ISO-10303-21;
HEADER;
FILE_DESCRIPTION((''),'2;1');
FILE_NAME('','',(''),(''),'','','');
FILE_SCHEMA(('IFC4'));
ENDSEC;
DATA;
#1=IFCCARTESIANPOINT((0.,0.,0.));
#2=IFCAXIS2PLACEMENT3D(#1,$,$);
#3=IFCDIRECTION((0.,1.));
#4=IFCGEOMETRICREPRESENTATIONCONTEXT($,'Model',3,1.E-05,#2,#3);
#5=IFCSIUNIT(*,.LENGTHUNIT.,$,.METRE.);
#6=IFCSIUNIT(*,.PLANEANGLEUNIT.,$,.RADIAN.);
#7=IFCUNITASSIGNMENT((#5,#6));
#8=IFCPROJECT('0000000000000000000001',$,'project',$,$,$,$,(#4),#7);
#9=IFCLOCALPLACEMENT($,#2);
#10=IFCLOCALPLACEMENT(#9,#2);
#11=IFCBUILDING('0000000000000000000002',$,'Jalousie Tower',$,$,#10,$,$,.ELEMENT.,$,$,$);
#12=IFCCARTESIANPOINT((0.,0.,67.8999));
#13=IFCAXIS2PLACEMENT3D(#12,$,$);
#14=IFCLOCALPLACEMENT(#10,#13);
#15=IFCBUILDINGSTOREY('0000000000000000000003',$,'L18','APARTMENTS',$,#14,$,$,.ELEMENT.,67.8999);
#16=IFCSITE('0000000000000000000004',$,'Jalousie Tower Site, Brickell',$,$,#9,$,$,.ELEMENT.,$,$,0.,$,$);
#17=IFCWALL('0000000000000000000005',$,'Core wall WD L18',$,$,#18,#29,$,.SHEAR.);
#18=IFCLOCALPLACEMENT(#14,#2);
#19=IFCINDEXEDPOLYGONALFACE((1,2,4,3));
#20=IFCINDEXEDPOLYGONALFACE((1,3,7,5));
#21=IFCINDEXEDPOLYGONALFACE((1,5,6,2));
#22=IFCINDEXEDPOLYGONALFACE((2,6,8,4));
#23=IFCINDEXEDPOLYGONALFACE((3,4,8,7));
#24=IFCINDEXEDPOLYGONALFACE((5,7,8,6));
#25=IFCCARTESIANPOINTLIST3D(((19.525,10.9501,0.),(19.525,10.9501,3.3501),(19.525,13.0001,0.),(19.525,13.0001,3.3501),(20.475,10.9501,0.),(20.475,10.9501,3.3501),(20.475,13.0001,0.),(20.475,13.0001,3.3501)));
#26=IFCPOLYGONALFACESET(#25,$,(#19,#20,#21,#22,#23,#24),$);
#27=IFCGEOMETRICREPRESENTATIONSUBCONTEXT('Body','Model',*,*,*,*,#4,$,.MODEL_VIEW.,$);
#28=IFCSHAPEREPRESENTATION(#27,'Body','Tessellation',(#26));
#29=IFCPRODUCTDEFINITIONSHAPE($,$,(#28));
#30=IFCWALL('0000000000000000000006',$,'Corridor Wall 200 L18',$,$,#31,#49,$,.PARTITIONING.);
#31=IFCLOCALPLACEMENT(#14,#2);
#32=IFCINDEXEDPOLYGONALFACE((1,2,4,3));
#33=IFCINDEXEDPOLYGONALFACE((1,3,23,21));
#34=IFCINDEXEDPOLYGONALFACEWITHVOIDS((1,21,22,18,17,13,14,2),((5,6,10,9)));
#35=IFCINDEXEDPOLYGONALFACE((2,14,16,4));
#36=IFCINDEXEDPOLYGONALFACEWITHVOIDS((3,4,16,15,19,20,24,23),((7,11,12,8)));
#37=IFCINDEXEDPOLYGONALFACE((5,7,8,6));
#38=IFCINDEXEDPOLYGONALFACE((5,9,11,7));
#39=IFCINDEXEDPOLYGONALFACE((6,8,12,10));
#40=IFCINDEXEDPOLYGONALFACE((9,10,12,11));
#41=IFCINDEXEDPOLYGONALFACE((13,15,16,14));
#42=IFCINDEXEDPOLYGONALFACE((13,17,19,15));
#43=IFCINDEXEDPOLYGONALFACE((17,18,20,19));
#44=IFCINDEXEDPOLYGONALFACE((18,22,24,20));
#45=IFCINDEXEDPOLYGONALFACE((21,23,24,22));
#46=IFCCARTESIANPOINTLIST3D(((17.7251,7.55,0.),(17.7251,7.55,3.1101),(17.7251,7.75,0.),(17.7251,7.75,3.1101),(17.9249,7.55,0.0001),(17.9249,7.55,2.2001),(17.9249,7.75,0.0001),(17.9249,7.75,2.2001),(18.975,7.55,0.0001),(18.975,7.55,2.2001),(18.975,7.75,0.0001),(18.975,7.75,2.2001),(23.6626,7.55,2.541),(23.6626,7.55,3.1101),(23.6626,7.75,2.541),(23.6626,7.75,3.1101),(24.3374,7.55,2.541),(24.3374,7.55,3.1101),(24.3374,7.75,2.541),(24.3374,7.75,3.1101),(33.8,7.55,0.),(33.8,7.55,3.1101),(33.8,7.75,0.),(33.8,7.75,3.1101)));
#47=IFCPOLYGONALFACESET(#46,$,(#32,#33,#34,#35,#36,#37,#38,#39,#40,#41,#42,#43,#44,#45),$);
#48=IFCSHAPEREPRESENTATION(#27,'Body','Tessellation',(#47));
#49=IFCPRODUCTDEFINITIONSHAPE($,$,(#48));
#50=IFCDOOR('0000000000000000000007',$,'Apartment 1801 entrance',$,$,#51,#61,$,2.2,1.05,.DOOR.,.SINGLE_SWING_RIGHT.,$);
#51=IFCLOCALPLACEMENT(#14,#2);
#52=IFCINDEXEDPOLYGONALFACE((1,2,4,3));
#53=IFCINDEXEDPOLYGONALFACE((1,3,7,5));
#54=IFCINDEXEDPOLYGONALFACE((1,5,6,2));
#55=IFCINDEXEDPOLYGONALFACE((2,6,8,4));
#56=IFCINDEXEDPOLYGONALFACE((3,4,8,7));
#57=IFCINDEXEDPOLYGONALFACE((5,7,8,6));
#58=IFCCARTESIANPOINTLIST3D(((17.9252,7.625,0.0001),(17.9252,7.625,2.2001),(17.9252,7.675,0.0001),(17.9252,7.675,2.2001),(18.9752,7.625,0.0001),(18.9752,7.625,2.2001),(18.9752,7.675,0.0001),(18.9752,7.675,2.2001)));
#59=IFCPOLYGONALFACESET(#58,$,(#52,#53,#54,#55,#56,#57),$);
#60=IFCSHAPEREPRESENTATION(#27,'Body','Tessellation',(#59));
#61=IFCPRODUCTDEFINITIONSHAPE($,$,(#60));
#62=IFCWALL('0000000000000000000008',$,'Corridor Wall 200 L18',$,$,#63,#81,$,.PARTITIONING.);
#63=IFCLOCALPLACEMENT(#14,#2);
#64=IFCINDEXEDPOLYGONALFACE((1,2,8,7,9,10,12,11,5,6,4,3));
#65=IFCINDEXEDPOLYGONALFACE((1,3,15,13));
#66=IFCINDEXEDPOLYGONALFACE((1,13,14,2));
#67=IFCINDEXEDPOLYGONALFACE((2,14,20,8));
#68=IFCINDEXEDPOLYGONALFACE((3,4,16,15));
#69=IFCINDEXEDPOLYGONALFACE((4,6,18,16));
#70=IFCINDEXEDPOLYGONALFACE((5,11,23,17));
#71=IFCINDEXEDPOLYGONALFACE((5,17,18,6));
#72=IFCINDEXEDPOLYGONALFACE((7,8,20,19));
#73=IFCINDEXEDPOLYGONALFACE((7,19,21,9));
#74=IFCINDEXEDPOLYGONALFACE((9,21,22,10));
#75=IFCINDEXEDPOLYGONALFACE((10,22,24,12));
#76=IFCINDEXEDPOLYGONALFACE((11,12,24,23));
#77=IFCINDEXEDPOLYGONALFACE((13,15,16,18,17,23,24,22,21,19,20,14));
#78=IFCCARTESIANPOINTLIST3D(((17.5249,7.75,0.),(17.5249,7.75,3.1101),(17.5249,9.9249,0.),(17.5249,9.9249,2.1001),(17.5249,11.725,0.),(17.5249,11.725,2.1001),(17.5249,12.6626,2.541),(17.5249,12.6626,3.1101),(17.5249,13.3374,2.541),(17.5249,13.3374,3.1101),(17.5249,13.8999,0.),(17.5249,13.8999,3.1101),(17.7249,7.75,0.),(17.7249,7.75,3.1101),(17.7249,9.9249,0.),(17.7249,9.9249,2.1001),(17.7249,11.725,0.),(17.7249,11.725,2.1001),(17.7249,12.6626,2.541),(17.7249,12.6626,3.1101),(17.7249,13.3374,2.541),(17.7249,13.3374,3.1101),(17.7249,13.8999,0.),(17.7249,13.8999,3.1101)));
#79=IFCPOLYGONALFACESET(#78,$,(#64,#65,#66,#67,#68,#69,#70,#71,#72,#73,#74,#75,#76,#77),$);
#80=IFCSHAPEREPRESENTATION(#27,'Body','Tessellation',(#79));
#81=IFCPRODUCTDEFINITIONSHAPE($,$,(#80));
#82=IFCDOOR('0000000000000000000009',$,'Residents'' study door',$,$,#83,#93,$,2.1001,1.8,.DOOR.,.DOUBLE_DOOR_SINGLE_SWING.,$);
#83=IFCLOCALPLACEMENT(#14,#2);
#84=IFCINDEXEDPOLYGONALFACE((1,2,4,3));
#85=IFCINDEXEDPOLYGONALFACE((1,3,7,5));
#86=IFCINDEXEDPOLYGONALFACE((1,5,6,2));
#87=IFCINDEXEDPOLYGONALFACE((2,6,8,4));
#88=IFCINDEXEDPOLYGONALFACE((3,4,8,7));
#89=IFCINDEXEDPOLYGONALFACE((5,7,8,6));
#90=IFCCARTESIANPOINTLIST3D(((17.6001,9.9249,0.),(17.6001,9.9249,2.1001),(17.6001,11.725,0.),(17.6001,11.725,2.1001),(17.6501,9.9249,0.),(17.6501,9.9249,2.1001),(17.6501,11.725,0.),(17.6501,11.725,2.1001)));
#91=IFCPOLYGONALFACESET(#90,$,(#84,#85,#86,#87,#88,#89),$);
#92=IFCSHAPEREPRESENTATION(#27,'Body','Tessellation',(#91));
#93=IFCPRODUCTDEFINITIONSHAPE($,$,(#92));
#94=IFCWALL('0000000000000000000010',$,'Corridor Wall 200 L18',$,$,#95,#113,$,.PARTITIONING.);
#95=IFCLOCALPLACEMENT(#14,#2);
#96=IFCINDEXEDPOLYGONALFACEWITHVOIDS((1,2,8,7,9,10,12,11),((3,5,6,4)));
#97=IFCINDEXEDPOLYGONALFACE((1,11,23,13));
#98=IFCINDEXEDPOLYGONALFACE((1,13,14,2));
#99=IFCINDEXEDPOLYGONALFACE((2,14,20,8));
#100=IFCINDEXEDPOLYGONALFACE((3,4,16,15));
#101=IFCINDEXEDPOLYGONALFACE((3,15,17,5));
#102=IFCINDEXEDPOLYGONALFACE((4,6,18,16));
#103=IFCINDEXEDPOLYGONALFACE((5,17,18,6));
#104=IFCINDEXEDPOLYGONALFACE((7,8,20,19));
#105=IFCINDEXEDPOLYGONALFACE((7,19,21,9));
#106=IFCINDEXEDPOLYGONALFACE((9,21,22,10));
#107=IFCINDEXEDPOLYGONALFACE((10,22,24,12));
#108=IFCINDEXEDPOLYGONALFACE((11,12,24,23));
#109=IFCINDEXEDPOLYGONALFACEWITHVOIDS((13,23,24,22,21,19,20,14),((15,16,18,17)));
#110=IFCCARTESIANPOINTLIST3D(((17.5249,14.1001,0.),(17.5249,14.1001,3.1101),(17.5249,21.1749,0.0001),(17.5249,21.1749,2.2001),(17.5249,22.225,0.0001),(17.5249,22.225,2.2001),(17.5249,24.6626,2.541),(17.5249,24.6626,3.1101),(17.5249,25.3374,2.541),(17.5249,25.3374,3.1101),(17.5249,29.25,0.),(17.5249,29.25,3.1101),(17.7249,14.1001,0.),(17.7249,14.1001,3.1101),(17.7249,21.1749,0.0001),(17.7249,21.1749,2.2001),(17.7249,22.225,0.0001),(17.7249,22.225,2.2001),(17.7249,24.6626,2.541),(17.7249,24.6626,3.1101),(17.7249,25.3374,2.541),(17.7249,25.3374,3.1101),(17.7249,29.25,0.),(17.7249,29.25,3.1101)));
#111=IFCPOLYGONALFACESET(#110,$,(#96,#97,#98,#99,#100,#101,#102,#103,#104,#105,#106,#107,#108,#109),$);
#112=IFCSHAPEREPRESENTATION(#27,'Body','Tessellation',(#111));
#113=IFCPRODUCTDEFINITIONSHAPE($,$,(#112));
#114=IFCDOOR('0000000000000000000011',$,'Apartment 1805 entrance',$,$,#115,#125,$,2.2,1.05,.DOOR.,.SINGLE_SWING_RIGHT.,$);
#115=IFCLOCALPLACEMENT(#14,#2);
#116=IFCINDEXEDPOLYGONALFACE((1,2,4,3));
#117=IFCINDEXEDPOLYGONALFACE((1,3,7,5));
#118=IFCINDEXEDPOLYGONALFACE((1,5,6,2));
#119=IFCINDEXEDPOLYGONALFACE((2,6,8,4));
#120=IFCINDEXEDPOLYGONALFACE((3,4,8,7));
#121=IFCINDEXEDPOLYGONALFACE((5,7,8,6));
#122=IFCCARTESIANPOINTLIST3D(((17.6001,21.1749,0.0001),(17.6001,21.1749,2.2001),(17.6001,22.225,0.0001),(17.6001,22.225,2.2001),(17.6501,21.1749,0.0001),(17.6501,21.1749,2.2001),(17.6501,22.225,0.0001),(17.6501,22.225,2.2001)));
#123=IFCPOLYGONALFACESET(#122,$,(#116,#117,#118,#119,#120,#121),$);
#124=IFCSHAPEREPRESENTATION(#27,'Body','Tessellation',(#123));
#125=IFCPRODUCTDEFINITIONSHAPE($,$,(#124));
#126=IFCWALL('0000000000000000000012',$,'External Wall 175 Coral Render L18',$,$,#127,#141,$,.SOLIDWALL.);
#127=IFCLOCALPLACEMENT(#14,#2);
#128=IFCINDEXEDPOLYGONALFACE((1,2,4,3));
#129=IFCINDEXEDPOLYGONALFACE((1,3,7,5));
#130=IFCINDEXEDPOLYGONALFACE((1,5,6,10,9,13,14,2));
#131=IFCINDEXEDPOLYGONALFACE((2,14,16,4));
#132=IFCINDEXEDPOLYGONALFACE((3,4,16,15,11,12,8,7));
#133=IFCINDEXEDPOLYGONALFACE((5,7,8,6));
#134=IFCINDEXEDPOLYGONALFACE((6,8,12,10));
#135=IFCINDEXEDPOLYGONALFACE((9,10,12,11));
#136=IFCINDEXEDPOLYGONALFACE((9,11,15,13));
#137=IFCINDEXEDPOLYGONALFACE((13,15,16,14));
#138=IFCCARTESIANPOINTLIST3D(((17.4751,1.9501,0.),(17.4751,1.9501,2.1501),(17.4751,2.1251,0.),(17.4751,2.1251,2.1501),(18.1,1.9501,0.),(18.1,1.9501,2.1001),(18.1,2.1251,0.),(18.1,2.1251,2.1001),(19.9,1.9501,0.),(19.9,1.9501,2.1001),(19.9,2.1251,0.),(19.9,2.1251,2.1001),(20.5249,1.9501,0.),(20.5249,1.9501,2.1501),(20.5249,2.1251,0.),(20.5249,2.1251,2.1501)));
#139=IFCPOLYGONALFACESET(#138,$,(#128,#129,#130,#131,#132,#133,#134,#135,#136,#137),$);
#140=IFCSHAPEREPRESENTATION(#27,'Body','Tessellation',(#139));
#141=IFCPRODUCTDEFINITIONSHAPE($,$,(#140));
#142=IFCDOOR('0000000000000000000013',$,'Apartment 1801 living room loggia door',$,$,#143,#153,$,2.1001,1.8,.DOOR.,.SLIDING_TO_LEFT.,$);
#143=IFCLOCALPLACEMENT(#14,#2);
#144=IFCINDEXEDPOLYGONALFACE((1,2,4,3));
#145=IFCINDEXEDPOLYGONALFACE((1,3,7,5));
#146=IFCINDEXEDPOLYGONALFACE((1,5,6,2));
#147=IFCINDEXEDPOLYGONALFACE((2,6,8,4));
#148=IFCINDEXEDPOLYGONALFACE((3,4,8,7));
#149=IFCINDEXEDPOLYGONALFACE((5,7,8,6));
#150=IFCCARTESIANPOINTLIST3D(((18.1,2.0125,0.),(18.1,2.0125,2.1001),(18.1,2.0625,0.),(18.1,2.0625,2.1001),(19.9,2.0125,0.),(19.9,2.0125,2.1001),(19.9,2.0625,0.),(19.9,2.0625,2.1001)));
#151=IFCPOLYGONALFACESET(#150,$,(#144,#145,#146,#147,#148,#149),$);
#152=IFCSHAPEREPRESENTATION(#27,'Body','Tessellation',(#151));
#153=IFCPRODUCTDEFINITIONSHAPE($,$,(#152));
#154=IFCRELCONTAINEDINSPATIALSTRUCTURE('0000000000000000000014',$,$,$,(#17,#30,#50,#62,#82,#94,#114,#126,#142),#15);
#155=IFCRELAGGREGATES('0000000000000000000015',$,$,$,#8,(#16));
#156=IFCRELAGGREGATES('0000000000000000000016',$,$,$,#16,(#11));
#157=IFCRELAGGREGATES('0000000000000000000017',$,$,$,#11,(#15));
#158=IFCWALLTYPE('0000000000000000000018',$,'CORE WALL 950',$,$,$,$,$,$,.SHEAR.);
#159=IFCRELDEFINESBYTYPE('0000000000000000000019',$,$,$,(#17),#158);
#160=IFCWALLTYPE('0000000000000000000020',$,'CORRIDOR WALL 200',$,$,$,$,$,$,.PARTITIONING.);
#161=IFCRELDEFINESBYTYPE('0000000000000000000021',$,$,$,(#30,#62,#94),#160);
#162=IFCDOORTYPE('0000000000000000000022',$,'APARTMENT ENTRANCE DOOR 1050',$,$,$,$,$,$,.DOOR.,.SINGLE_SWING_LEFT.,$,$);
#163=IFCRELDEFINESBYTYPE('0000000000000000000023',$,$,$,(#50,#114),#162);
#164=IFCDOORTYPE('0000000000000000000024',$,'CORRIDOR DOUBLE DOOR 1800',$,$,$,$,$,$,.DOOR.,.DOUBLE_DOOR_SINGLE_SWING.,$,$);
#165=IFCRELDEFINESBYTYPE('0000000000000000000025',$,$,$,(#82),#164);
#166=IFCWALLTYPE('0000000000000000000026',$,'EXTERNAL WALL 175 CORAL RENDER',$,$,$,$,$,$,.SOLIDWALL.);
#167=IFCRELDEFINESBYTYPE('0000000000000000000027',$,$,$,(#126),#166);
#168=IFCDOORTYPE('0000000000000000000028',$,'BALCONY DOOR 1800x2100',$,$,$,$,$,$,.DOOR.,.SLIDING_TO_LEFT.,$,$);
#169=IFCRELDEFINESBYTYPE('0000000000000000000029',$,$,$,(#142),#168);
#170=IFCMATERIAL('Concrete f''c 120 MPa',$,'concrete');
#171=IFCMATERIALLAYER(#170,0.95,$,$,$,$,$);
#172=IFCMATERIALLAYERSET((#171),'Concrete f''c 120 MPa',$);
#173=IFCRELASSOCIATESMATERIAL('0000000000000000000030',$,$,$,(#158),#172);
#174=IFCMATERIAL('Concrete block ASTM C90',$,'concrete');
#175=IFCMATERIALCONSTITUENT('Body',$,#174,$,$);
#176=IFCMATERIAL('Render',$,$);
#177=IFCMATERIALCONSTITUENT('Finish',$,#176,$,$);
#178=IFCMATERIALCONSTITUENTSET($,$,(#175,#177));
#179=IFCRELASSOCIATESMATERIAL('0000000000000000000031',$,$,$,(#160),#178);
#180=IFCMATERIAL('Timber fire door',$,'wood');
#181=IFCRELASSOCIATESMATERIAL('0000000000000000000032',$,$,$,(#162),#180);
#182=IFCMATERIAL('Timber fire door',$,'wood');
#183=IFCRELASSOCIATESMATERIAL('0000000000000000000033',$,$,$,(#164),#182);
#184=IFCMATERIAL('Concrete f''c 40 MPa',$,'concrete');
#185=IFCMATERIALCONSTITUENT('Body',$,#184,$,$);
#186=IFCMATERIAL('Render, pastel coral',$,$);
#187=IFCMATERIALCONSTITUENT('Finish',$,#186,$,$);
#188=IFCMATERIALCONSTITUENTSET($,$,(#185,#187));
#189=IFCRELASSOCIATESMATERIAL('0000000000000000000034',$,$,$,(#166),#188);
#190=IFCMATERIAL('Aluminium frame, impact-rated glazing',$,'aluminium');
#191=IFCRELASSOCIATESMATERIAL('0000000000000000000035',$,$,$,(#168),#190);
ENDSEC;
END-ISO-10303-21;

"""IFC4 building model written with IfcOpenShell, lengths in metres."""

from ifc_helpers import new_model, si_unit, direction, frame, frame_2d, origin, place, context, subcontext, project, spatial, polyline, rectangle, outline, extrude, material, layer, layer_set, constituent, constituent_set, type_object, element, fill, save


model = new_model("IFC4")

# Units and contexts
model_context = context("Model", 3, precision=1e-05, world=origin(), true_north=direction((0.0, 1.0)))
body_context = subcontext(model_context, "Body", "Model", "MODEL_VIEW")
ifc_project = project(units=[si_unit("LENGTHUNIT", "METRE"), si_unit("PLANEANGLEUNIT", "RADIAN")], contexts=[model_context])

# Site, building, storey
site_placement = place(None, origin())
site = spatial("IfcSite", under=ifc_project, at=site_placement, Name="Jalousie Tower Site, Brickell", CompositionType="ELEMENT", RefElevation=0.0)
building_placement = place(site_placement, origin())
building = spatial("IfcBuilding", under=site, at=building_placement, Name="Jalousie Tower", CompositionType="ELEMENT")
storey_placement = place(building_placement, frame((0.0, 0.0, 67.8999)))
storey = spatial("IfcBuildingStorey", under=building, at=storey_placement, Name="L18", Description="APARTMENTS", CompositionType="ELEMENT", Elevation=67.8999)

# Wall
ifc_material_1 = material(Name="Concrete f'c 120 MPa", Category="concrete")
ifc_layer_1 = layer(ifc_material_1, 0.95)
ifc_layer_set_1 = layer_set([ifc_layer_1], Name="Concrete f'c 120 MPa")
wall_type_1 = type_object("IfcWallType", Name="CORE WALL 950", PredefinedType="SHEAR", material=ifc_layer_set_1)
wall_1_placement = place(storey_placement, frame((20.0, 13.0, 0.0), z_axis=(0.0, 0.0, 1.0), x_axis=(0.0, -1.0, 0.0)))
element("IfcWall", 1, at=wall_1_placement, inside=storey, type_object=wall_type_1, Name="Core wall WD L18", PredefinedType="SHEAR", context=body_context, shape_type="SweptSolid", body=[
    extrude(rectangle(XDim=2.05, YDim=0.95, at=frame_2d((1.0249, 0.0))), origin(), (0.0, 0.0, 1.0), 3.3501),
])

# Walls, openings, doors
ifc_material_2 = material(Name="Concrete block ASTM C90", Category="concrete")
ifc_constituent_1 = constituent(ifc_material_2, Name="Body")
ifc_material_3 = material(Name="Render")
ifc_constituent_2 = constituent(ifc_material_3, Name="Finish")
ifc_constituent_set_1 = constituent_set(constituents=[ifc_constituent_1, ifc_constituent_2])
wall_type_2 = type_object("IfcWallType", Name="CORRIDOR WALL 200", PredefinedType="PARTITIONING", material=ifc_constituent_set_1)
wall_2_placement = place(storey_placement, frame((17.7251, 7.6499, 0.0), z_axis=(0.0, 0.0, 1.0), x_axis=(1.0, 0.0, 0.0)))
wall_2 = element("IfcWall", 2, at=wall_2_placement, inside=storey, type_object=wall_type_2, Name="Corridor Wall 200 L18", PredefinedType="PARTITIONING", context=body_context, shape_type="SweptSolid", body=[
    extrude(outline(polyline([(0.0, 0.0), (16.075, 0.0), (16.075, 3.1101), (6.6123, 3.1101), (6.6123, 2.541), (5.9375, 2.541), (5.9375, 3.1101), (0.0, 3.1101), (0.0, 0.0)])), frame((0.0, 0.1001, 0.0), z_axis=(0.0, -1.0, 0.0), x_axis=(1.0, 0.0, 0.0)), (0.0, 0.0, 1.0), 0.2),
])
opening_1_placement = place(wall_2_placement, frame((0.2, 0.0, 0.0)))
opening_1 = element("IfcOpeningElement", 3, at=opening_1_placement, cuts=wall_2, PredefinedType="OPENING", context=body_context, shape_type="SweptSolid", body=[
    extrude(rectangle(XDim=1.05, YDim=2.2, at=frame_2d((0.5249, 1.1001))), frame((0.0, 0.1099, 0.0), z_axis=(0.0, -1.0, 0.0), x_axis=(1.0, 0.0, 0.0)), (0.0, 0.0, 1.0), 0.22),
])
ifc_material_4 = material(Name="Timber fire door", Category="wood")
door_type_1 = type_object("IfcDoorType", Name="APARTMENT ENTRANCE DOOR 1050", OperationType="SINGLE_SWING_LEFT", PredefinedType="DOOR", material=ifc_material_4)
door_1_placement = place(opening_1_placement, frame((1.05, 0.0, 0.0), z_axis=(0.0, 0.0, 1.0), x_axis=(-1.0, 0.0, 0.0)))
door_1 = element("IfcDoor", 4, at=door_1_placement, inside=storey, type_object=door_type_1, Name="Apartment 1801 entrance", OperationType="SINGLE_SWING_RIGHT", OverallHeight=2.2, OverallWidth=1.05, PredefinedType="DOOR", context=body_context, shape_type="SweptSolid", body=[
    extrude(rectangle(XDim=1.05, YDim=2.2, at=frame_2d((0.5249, 1.1001))), frame((0.0, 0.0249, 0.0), z_axis=(0.0, -1.0, 0.0), x_axis=(1.0, 0.0, 0.0)), (0.0, 0.0, 1.0), 0.05),
])
fill(opening_1, door_1)
wall_3_placement = place(storey_placement, frame((17.625, 7.75, 0.0), z_axis=(0.0, 0.0, 1.0), x_axis=(0.0, 1.0, 0.0)))
wall_3 = element("IfcWall", 5, at=wall_3_placement, inside=storey, type_object=wall_type_2, Name="Corridor Wall 200 L18", PredefinedType="PARTITIONING", context=body_context, shape_type="SweptSolid", body=[
    extrude(outline(polyline([(0.0, 0.0), (6.1499, 0.0), (6.1499, 3.1101), (5.5874, 3.1101), (5.5874, 2.541), (4.9126, 2.541), (4.9126, 3.1101), (0.0, 3.1101), (0.0, 0.0)])), frame((0.0, 0.1001, 0.0), z_axis=(0.0, -1.0, 0.0), x_axis=(1.0, 0.0, 0.0)), (0.0, 0.0, 1.0), 0.2),
])
opening_2_placement = place(wall_3_placement, frame((2.175, 0.0, 0.0)))
opening_2 = element("IfcOpeningElement", 6, at=opening_2_placement, cuts=wall_3, PredefinedType="OPENING", context=body_context, shape_type="SweptSolid", body=[
    extrude(rectangle(XDim=1.8, YDim=2.1001, at=frame_2d((0.8999, 1.05))), frame((0.0, 0.1099, 0.0), z_axis=(0.0, -1.0, 0.0), x_axis=(1.0, 0.0, 0.0)), (0.0, 0.0, 1.0), 0.22),
])
ifc_material_5 = material(Name="Timber fire door", Category="wood")
door_type_2 = type_object("IfcDoorType", Name="CORRIDOR DOUBLE DOOR 1800", OperationType="DOUBLE_DOOR_SINGLE_SWING", PredefinedType="DOOR", material=ifc_material_5)
door_2_placement = place(opening_2_placement, origin())
door_2 = element("IfcDoor", 7, at=door_2_placement, inside=storey, type_object=door_type_2, Name="Residents' study door", OperationType="DOUBLE_DOOR_SINGLE_SWING", OverallHeight=2.1001, OverallWidth=1.8, PredefinedType="DOOR", context=body_context, shape_type="SweptSolid", body=[
    extrude(rectangle(XDim=1.8, YDim=2.1001, at=frame_2d((0.8999, 1.05))), frame((0.0, 0.0249, 0.0), z_axis=(0.0, -1.0, 0.0), x_axis=(1.0, 0.0, 0.0)), (0.0, 0.0, 1.0), 0.05),
])
fill(opening_2, door_2)
wall_4_placement = place(storey_placement, frame((17.625, 14.1001, 0.0), z_axis=(0.0, 0.0, 1.0), x_axis=(0.0, 1.0, 0.0)))
wall_4 = element("IfcWall", 8, at=wall_4_placement, inside=storey, type_object=wall_type_2, Name="Corridor Wall 200 L18", PredefinedType="PARTITIONING", context=body_context, shape_type="SweptSolid", body=[
    extrude(outline(polyline([(0.0, 0.0), (15.1499, 0.0), (15.1499, 3.1101), (11.2373, 3.1101), (11.2373, 2.541), (10.5625, 2.541), (10.5625, 3.1101), (0.0, 3.1101), (0.0, 0.0)])), frame((0.0, 0.1001, 0.0), z_axis=(0.0, -1.0, 0.0), x_axis=(1.0, 0.0, 0.0)), (0.0, 0.0, 1.0), 0.2),
])
opening_3_placement = place(wall_4_placement, frame((7.075, 0.0, 0.0)))
opening_3 = element("IfcOpeningElement", 9, at=opening_3_placement, cuts=wall_4, PredefinedType="OPENING", context=body_context, shape_type="SweptSolid", body=[
    extrude(rectangle(XDim=1.05, YDim=2.2, at=frame_2d((0.5249, 1.1001))), frame((0.0, 0.1099, 0.0), z_axis=(0.0, -1.0, 0.0), x_axis=(1.0, 0.0, 0.0)), (0.0, 0.0, 1.0), 0.22),
])
door_3_placement = place(opening_3_placement, origin())
door_3 = element("IfcDoor", 10, at=door_3_placement, inside=storey, type_object=door_type_1, Name="Apartment 1805 entrance", OperationType="SINGLE_SWING_RIGHT", OverallHeight=2.2, OverallWidth=1.05, PredefinedType="DOOR", context=body_context, shape_type="SweptSolid", body=[
    extrude(rectangle(XDim=1.05, YDim=2.2, at=frame_2d((0.5249, 1.1001))), frame((0.0, 0.0249, 0.0), z_axis=(0.0, -1.0, 0.0), x_axis=(1.0, 0.0, 0.0)), (0.0, 0.0, 1.0), 0.05),
])
fill(opening_3, door_3)
ifc_material_6 = material(Name="Concrete f'c 40 MPa", Category="concrete")
ifc_constituent_3 = constituent(ifc_material_6, Name="Body")
ifc_material_7 = material(Name="Render, pastel coral")
ifc_constituent_4 = constituent(ifc_material_7, Name="Finish")
ifc_constituent_set_2 = constituent_set(constituents=[ifc_constituent_3, ifc_constituent_4])
wall_type_3 = type_object("IfcWallType", Name="EXTERNAL WALL 175 CORAL RENDER", PredefinedType="SOLIDWALL", material=ifc_constituent_set_2)
wall_5_placement = place(storey_placement, frame((17.4751, 2.0376, 0.0), z_axis=(0.0, 0.0, 1.0), x_axis=(1.0, 0.0, 0.0)))
wall_5 = element("IfcWall", 11, at=wall_5_placement, inside=storey, type_object=wall_type_3, Name="External Wall 175 Coral Render L18", PredefinedType="SOLIDWALL", context=body_context, shape_type="SweptSolid", body=[
    extrude(rectangle(XDim=3.0498, YDim=0.175, at=frame_2d((1.5249, 0.0))), origin(), (0.0, 0.0, 1.0), 2.1501),
])
opening_4_placement = place(wall_5_placement, frame((0.625, 0.0, 0.0)))
opening_4 = element("IfcOpeningElement", 12, at=opening_4_placement, cuts=wall_5, PredefinedType="OPENING", context=body_context, shape_type="SweptSolid", body=[
    extrude(rectangle(XDim=1.8, YDim=2.1001, at=frame_2d((0.8999, 1.05))), frame((0.0, 0.0974, 0.0), z_axis=(0.0, -1.0, 0.0), x_axis=(1.0, 0.0, 0.0)), (0.0, 0.0, 1.0), 0.1951),
])
ifc_material_8 = material(Name="Aluminium frame, impact-rated glazing", Category="aluminium")
door_type_3 = type_object("IfcDoorType", Name="BALCONY DOOR 1800x2100", OperationType="SLIDING_TO_LEFT", PredefinedType="DOOR", material=ifc_material_8)
door_4_placement = place(opening_4_placement, origin())
door_4 = element("IfcDoor", 13, at=door_4_placement, inside=storey, type_object=door_type_3, Name="Apartment 1801 living room loggia door", OperationType="SLIDING_TO_LEFT", OverallHeight=2.1001, OverallWidth=1.8, PredefinedType="DOOR", context=body_context, shape_type="SweptSolid", body=[
    extrude(rectangle(XDim=1.8, YDim=2.1001, at=frame_2d((0.8999, 1.05))), frame((0.0, 0.0249, 0.0), z_axis=(0.0, -1.0, 0.0), x_axis=(1.0, 0.0, 0.0)), (0.0, 0.0, 1.0), 0.05),
])
fill(opening_4, door_4)

save(model, "model.ifc")
